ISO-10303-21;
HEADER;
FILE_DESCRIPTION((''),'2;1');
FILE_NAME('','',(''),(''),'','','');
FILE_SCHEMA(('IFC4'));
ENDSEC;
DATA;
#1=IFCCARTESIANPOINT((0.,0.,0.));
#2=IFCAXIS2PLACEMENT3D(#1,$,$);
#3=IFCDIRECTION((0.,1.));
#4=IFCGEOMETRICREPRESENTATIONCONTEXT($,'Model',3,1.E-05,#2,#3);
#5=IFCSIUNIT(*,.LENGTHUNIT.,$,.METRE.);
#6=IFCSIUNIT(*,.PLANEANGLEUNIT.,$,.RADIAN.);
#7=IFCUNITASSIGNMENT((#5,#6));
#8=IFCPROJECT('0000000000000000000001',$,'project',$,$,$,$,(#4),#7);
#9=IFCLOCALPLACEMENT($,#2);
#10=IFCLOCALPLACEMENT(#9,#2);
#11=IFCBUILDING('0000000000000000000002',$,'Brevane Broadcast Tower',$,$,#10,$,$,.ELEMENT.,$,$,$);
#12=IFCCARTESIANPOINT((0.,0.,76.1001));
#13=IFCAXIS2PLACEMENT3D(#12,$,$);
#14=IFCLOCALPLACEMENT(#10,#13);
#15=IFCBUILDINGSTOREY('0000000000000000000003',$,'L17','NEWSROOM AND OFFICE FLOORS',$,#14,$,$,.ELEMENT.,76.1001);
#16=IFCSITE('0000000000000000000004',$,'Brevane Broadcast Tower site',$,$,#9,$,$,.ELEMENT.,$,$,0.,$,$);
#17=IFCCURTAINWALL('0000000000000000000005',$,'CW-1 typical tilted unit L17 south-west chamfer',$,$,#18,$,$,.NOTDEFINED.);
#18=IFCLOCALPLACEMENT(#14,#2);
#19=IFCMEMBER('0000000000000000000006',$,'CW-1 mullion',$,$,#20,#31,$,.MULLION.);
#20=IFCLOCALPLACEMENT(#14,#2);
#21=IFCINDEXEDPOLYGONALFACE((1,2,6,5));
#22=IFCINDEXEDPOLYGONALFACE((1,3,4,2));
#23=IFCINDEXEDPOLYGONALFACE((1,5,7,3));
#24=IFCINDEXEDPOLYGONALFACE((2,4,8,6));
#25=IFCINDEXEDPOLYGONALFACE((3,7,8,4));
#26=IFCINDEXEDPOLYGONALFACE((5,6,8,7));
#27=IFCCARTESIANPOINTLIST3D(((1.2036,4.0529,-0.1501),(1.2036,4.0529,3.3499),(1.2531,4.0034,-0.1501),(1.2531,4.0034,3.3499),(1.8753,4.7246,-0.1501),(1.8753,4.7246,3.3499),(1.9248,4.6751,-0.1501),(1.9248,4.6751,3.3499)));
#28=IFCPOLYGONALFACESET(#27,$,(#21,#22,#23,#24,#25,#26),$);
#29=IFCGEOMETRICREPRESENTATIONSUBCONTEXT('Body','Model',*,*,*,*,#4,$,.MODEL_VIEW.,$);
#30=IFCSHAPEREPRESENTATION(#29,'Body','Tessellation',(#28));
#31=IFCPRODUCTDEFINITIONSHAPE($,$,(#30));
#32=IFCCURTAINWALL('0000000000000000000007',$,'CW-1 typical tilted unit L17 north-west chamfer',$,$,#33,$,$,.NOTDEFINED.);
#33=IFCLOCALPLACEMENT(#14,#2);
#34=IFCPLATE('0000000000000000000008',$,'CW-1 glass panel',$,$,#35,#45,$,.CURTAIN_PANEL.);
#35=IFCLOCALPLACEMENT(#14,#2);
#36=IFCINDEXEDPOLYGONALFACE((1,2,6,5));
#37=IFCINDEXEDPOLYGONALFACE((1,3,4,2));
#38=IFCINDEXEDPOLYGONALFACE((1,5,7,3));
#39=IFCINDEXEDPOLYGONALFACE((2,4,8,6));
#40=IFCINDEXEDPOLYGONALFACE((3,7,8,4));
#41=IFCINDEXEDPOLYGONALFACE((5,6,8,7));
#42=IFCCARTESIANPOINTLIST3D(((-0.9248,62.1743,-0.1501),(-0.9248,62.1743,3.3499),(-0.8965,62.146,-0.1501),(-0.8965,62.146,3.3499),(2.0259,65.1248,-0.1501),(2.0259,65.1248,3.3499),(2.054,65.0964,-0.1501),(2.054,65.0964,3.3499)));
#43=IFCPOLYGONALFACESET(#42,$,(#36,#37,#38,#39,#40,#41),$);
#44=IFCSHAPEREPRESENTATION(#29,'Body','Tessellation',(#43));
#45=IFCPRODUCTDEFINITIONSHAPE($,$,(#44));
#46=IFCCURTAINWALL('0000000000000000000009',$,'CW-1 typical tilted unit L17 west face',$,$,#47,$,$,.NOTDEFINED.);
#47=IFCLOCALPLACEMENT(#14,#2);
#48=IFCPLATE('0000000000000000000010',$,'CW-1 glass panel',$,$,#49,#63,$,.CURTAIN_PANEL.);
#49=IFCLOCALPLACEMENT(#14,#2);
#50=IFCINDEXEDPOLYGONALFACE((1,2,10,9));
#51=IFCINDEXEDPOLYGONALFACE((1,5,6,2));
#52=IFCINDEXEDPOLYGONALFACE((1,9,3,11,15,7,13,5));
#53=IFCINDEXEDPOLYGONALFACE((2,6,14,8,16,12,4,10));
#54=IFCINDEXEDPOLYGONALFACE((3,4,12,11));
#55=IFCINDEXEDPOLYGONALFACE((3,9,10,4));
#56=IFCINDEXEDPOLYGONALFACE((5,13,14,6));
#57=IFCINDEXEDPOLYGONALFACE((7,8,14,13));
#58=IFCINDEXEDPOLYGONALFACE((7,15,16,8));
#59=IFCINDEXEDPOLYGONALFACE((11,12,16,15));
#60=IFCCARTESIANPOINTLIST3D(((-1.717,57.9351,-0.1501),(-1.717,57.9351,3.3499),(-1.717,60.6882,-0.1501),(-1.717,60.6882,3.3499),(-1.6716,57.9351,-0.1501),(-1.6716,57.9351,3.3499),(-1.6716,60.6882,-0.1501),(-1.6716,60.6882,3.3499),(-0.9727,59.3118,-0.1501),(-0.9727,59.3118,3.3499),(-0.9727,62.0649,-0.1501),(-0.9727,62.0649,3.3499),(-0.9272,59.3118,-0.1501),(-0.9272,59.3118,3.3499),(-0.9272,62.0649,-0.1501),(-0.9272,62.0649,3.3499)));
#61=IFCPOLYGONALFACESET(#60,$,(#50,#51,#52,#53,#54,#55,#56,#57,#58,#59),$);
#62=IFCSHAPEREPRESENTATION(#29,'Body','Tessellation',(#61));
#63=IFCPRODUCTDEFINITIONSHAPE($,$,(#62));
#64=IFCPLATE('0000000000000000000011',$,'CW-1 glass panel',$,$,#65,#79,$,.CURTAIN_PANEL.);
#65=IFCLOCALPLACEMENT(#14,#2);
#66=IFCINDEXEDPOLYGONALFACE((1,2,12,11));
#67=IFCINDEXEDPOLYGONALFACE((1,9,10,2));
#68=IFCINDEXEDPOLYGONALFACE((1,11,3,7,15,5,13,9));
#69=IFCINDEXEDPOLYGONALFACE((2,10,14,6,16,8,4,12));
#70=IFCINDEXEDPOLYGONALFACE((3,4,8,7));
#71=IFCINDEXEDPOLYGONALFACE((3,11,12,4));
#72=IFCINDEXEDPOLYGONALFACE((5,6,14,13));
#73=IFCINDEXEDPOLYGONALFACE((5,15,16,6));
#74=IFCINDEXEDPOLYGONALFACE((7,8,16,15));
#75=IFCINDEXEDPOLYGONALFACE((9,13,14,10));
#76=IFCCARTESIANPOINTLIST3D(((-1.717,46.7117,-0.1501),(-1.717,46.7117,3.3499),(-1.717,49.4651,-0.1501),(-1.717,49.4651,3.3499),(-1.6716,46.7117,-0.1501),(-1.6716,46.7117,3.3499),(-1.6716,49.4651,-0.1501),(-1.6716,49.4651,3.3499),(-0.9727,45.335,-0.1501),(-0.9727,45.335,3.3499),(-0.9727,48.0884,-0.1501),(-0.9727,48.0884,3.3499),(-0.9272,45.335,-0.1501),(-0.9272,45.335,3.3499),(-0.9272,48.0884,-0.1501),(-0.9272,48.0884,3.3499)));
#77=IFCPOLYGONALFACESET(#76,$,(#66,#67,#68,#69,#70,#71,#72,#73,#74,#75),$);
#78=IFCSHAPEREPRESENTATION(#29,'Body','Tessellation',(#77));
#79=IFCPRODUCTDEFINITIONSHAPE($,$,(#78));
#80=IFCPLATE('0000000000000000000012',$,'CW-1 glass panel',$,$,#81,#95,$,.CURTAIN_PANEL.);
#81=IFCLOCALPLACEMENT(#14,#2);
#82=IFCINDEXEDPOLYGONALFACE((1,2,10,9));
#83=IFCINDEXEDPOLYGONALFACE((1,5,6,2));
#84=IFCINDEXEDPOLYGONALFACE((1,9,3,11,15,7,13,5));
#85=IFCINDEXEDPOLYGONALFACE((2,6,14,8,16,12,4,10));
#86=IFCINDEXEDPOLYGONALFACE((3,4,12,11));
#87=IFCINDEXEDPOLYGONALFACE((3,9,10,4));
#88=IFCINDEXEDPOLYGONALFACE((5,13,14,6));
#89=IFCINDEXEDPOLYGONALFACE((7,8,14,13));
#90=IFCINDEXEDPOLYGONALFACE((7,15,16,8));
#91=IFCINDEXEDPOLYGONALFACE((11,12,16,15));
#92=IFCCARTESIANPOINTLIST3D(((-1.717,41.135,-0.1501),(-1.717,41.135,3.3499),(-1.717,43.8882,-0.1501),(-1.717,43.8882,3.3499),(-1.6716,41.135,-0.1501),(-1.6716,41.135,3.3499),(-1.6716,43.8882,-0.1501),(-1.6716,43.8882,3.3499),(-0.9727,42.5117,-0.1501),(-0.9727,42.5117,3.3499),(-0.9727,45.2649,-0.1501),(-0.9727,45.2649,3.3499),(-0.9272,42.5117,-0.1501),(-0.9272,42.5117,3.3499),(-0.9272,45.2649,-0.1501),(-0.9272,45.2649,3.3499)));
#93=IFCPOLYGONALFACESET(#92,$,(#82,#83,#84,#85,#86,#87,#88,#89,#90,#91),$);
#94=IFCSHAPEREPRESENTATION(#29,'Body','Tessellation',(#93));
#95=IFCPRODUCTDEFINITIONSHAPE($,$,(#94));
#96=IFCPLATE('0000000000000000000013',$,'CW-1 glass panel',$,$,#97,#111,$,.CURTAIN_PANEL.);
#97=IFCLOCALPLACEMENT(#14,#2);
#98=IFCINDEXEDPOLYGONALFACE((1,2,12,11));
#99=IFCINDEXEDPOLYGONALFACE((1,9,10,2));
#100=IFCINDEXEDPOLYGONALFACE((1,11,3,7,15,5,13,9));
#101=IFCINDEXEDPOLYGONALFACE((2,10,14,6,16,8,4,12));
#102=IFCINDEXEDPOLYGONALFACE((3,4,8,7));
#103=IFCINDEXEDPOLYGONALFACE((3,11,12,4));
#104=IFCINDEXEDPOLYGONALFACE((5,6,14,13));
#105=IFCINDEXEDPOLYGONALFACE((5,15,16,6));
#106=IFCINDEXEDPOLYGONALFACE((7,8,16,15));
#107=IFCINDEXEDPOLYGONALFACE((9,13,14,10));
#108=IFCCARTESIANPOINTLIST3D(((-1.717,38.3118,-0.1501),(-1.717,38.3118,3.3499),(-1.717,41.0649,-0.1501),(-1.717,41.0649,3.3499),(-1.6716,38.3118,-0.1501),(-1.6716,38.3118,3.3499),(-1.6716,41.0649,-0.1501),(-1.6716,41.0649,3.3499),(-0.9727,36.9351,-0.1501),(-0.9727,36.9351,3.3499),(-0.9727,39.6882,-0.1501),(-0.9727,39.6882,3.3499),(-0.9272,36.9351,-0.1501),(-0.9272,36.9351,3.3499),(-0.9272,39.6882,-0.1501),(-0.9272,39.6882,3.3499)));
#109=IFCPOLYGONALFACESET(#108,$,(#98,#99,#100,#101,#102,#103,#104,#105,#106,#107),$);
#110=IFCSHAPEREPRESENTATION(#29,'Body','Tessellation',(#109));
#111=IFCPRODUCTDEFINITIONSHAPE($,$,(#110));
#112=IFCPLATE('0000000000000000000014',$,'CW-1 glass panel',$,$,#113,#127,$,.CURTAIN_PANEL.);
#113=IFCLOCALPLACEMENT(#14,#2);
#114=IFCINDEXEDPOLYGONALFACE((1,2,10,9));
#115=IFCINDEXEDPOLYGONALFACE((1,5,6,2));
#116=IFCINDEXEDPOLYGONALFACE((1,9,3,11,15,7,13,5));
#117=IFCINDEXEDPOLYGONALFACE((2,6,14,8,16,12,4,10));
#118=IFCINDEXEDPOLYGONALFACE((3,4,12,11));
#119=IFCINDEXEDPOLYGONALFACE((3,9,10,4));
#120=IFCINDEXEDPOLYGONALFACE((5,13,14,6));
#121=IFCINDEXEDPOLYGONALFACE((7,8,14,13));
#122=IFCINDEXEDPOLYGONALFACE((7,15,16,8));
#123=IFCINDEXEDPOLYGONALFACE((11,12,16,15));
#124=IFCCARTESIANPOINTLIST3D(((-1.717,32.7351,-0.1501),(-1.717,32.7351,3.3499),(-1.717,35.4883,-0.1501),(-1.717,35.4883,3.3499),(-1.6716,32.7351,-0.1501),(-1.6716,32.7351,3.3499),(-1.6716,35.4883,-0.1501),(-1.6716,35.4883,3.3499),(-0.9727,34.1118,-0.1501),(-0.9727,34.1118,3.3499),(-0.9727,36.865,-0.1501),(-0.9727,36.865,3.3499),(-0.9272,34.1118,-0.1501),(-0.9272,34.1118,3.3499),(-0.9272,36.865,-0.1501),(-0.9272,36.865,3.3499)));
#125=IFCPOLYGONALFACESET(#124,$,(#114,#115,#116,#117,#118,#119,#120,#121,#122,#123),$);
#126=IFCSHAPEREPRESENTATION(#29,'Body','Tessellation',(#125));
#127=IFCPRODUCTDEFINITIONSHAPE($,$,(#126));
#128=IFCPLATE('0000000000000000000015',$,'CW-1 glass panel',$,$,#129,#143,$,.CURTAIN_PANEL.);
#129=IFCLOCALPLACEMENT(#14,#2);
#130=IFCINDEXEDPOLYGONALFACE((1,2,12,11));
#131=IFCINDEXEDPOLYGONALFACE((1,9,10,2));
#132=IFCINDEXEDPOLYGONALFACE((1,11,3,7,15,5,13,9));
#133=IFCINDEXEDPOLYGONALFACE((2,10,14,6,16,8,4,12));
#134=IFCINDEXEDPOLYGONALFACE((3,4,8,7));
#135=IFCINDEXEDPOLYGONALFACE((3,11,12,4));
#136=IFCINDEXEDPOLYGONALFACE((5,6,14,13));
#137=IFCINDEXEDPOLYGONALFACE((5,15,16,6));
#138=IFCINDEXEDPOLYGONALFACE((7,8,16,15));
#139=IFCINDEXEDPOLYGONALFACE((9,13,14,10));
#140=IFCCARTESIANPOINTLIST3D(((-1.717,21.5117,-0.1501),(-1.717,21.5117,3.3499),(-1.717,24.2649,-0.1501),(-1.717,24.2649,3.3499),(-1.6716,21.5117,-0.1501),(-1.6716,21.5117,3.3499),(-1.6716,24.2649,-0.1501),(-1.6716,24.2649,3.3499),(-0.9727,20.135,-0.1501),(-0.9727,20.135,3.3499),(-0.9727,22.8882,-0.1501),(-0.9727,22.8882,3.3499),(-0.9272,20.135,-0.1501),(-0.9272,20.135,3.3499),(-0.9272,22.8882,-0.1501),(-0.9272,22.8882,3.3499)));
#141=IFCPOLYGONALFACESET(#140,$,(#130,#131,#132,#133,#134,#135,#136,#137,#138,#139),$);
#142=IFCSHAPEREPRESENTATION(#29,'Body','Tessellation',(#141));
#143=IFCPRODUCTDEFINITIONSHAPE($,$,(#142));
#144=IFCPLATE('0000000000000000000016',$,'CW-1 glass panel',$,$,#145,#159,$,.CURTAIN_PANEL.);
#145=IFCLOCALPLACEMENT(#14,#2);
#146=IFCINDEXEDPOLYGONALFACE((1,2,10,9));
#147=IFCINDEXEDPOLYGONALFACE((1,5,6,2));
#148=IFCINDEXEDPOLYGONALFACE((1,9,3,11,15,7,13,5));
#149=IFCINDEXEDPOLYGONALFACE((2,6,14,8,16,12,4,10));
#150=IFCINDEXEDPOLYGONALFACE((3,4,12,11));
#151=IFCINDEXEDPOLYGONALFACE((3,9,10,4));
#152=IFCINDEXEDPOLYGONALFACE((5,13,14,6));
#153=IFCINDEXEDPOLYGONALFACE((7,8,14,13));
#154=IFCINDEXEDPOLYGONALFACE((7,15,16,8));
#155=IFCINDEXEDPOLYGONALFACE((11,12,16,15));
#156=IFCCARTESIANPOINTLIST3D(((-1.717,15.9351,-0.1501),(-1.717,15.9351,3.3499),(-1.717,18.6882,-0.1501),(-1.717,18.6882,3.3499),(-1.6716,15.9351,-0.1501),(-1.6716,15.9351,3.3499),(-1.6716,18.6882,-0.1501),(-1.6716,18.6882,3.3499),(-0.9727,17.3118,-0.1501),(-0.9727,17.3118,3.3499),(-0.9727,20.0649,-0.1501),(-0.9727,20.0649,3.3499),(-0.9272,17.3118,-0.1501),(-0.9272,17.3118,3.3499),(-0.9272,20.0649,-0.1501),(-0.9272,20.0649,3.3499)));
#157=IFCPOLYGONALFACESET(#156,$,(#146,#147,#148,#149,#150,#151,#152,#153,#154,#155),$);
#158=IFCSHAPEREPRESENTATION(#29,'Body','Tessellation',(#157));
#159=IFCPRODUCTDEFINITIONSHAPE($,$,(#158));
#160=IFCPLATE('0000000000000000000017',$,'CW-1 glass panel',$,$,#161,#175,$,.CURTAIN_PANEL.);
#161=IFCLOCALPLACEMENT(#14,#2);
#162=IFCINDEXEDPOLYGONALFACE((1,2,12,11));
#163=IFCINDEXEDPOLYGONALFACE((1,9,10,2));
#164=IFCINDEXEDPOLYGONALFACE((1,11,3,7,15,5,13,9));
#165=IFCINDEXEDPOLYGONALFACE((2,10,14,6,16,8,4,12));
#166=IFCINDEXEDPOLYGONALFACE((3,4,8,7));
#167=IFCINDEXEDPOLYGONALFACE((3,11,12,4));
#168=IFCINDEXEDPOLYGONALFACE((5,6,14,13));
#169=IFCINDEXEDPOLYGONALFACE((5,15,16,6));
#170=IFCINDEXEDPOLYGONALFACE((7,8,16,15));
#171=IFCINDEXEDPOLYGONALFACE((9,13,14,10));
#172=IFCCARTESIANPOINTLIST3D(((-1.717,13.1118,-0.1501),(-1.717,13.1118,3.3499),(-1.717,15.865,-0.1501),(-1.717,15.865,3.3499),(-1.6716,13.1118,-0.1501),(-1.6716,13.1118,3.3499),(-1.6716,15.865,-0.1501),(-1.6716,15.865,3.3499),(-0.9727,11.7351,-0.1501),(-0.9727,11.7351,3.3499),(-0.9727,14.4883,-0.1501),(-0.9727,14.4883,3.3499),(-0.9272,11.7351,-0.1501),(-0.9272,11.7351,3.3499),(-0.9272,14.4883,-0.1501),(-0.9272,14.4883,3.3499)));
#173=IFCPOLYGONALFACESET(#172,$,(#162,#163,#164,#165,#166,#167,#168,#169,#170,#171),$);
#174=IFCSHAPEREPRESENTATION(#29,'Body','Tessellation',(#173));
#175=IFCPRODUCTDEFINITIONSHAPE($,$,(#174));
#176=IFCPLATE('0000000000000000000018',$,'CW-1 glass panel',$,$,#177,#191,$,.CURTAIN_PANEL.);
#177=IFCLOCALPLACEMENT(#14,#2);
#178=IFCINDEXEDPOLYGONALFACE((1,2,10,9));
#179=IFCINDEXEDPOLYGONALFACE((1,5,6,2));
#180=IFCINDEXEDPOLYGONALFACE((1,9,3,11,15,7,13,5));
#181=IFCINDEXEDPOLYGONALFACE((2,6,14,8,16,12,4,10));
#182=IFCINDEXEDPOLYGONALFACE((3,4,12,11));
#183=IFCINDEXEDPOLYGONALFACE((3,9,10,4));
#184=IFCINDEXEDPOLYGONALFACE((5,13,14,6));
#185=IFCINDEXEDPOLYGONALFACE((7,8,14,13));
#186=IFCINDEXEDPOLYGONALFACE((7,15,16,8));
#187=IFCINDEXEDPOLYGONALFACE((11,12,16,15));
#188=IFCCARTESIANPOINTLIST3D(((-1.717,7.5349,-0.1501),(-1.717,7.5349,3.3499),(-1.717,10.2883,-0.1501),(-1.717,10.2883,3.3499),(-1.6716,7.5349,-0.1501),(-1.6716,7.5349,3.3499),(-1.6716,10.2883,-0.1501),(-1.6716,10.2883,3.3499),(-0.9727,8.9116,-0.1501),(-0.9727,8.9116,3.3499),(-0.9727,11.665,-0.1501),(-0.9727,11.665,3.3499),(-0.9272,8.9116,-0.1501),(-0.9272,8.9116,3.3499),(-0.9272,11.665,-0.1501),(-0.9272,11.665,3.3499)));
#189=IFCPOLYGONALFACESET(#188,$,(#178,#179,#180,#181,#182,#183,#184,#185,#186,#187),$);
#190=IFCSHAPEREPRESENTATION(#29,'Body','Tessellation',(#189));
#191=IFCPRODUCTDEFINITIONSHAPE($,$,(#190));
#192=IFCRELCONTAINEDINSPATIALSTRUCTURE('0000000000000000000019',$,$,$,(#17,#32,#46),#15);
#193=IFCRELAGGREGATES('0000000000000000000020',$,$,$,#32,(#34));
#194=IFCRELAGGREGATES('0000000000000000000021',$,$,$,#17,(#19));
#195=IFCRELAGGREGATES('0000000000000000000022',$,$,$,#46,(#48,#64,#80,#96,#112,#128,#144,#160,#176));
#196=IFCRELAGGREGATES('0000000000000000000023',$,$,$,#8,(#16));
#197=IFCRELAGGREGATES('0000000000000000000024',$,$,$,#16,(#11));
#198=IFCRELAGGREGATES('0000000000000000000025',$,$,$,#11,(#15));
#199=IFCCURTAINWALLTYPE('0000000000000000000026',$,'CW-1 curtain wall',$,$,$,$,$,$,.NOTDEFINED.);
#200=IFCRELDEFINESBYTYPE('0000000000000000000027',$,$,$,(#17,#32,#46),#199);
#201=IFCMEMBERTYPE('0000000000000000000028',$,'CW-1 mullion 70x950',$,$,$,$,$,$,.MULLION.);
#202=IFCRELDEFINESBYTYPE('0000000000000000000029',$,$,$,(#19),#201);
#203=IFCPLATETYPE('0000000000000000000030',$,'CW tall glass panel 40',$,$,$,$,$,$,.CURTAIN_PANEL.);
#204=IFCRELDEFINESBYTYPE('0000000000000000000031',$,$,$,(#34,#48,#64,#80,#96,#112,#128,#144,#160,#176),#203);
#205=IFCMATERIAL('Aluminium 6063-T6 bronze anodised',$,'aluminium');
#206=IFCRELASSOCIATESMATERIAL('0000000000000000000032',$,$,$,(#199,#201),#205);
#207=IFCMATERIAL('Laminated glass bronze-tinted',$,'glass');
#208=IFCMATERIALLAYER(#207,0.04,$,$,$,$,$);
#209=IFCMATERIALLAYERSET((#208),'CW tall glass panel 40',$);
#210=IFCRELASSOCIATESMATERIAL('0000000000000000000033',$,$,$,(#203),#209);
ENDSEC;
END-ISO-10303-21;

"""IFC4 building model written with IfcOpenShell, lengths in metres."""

from ifc_helpers import new_model, si_unit, direction, frame, origin, origin_2d, place, context, subcontext, project, spatial, polyline, rectangle, outline, extrude, material, layer, layer_set, material_profile, profile_set, type_object, element, aggregate, save


model = new_model("IFC4")

# Units and contexts
model_context = context("Model", 3, precision=1e-05, world=origin(), true_north=direction((0.0, 1.0)))
body_context = subcontext(model_context, "Body", "Model", "MODEL_VIEW")
ifc_project = project(units=[si_unit("LENGTHUNIT", "METRE"), si_unit("PLANEANGLEUNIT", "RADIAN")], contexts=[model_context])

# Site, building, storey
site_placement = place(None, origin())
site = spatial("IfcSite", under=ifc_project, at=site_placement, Name="Brevane Broadcast Tower site", CompositionType="ELEMENT", RefElevation=0.0)
building_placement = place(site_placement, origin())
building = spatial("IfcBuilding", under=site, at=building_placement, Name="Brevane Broadcast Tower", CompositionType="ELEMENT")
storey_placement = place(building_placement, frame((0.0, 0.0, 76.1001)))
storey = spatial("IfcBuildingStorey", under=building, at=storey_placement, Name="L17", Description="NEWSROOM AND OFFICE FLOORS", CompositionType="ELEMENT", Elevation=76.1001)

# Curtain wall, member
ifc_material_1 = material(Name="Aluminium 6063-T6 bronze anodised", Category="aluminium")
curtain_wall_type = type_object("IfcCurtainWallType", Name="CW-1 curtain wall", PredefinedType="NOTDEFINED", material=ifc_material_1)
curtain_wall_1_placement = place(storey_placement, origin())
curtain_wall_1 = element("IfcCurtainWall", 1, at=curtain_wall_1_placement, inside=storey, type_object=curtain_wall_type, Name="CW-1 typical tilted unit L17 south-west chamfer", PredefinedType="NOTDEFINED")
ifc_material_profile = material_profile(ifc_material_1, rectangle(XDim=0.95, YDim=0.0701, at=origin_2d()), Name="RECT 70x950")
ifc_profile_set = profile_set([ifc_material_profile], Name="Aluminium 6063-T6 bronze anodised")
member_type = type_object("IfcMemberType", Name="CW-1 mullion 70x950", PredefinedType="MULLION", material=ifc_profile_set)
member_placement = place(storey_placement, frame((1.5642, 4.364, -0.1501), z_axis=(0.0, 0.0, 1.0), x_axis=(0.707107, 0.707107, 0.0)))
member = element("IfcMember", 2, at=member_placement, type_object=member_type, Name="CW-1 mullion", PredefinedType="MULLION", context=body_context, shape_type="SweptSolid", body=[
    extrude(rectangle(XDim=0.95, YDim=0.0701, at=origin_2d()), origin(), (0.0, 0.0, 1.0), 3.5),
])

# Curtain wall, plate
curtain_wall_2_placement = place(storey_placement, origin())
curtain_wall_2 = element("IfcCurtainWall", 3, at=curtain_wall_2_placement, inside=storey, type_object=curtain_wall_type, Name="CW-1 typical tilted unit L17 north-west chamfer", PredefinedType="NOTDEFINED")
ifc_material_2 = material(Name="Laminated glass bronze-tinted", Category="glass")
ifc_layer_1 = layer(ifc_material_2, 0.04)
ifc_layer_set_1 = layer_set([ifc_layer_1], Name="CW tall glass panel 40")
plate_type = type_object("IfcPlateType", Name="CW tall glass panel 40", PredefinedType="CURTAIN_PANEL", material=ifc_layer_set_1)
plate_1_placement = place(storey_placement, frame((0.0, 0.0, -0.1501)))
plate_1 = element("IfcPlate", 4, at=plate_1_placement, type_object=plate_type, Name="CW-1 glass panel", PredefinedType="CURTAIN_PANEL", context=body_context, shape_type="SweptSolid", body=[
    extrude(outline(polyline([(2.054, 65.0964), (-0.8965, 62.146), (-0.9248, 62.1743), (2.0259, 65.1248), (2.054, 65.0964)])), origin(), (0.0, 0.0, 1.0), 3.5),
])
aggregate(curtain_wall_2, [plate_1])

# Curtain wall, plates
curtain_wall_3_placement = place(storey_placement, origin())
curtain_wall_3 = element("IfcCurtainWall", 5, at=curtain_wall_3_placement, inside=storey, type_object=curtain_wall_type, Name="CW-1 typical tilted unit L17 west face", PredefinedType="NOTDEFINED")
plate_2_placement = place(storey_placement, frame((0.0, 0.0, -0.1501)))
plate_2 = element("IfcPlate", 6, at=plate_2_placement, type_object=plate_type, Name="CW-1 glass panel", PredefinedType="CURTAIN_PANEL", context=body_context, shape_type="SweptSolid", body=[
    extrude(outline(polyline([(-0.9272, 62.0649), (-0.9727, 62.0649), (-1.717, 60.6882), (-0.9727, 59.3118), (-1.717, 57.9351), (-1.6716, 57.9351), (-0.9272, 59.3118), (-1.6716, 60.6882), (-0.9272, 62.0649)])), origin(), (0.0, 0.0, 1.0), 3.5),
])
plate_3_placement = place(storey_placement, frame((0.0, 0.0, -0.1501)))
plate_3 = element("IfcPlate", 7, at=plate_3_placement, type_object=plate_type, Name="CW-1 glass panel", PredefinedType="CURTAIN_PANEL", context=body_context, shape_type="SweptSolid", body=[
    extrude(outline(polyline([(-1.6716, 49.4651), (-1.717, 49.4651), (-0.9727, 48.0884), (-1.717, 46.7117), (-0.9727, 45.335), (-0.9272, 45.335), (-1.6716, 46.7117), (-0.9272, 48.0884), (-1.6716, 49.4651)])), origin(), (0.0, 0.0, 1.0), 3.5),
])
plate_4_placement = place(storey_placement, frame((0.0, 0.0, -0.1501)))
plate_4 = element("IfcPlate", 8, at=plate_4_placement, type_object=plate_type, Name="CW-1 glass panel", PredefinedType="CURTAIN_PANEL", context=body_context, shape_type="SweptSolid", body=[
    extrude(outline(polyline([(-0.9272, 45.2649), (-0.9727, 45.2649), (-1.717, 43.8882), (-0.9727, 42.5117), (-1.717, 41.135), (-1.6716, 41.135), (-0.9272, 42.5117), (-1.6716, 43.8882), (-0.9272, 45.2649)])), origin(), (0.0, 0.0, 1.0), 3.5),
])
plate_5_placement = place(storey_placement, frame((0.0, 0.0, -0.1501)))
plate_5 = element("IfcPlate", 9, at=plate_5_placement, type_object=plate_type, Name="CW-1 glass panel", PredefinedType="CURTAIN_PANEL", context=body_context, shape_type="SweptSolid", body=[
    extrude(outline(polyline([(-1.6716, 41.0649), (-1.717, 41.0649), (-0.9727, 39.6882), (-1.717, 38.3118), (-0.9727, 36.9351), (-0.9272, 36.9351), (-1.6716, 38.3118), (-0.9272, 39.6882), (-1.6716, 41.0649)])), origin(), (0.0, 0.0, 1.0), 3.5),
])
plate_6_placement = place(storey_placement, frame((0.0, 0.0, -0.1501)))
plate_6 = element("IfcPlate", 10, at=plate_6_placement, type_object=plate_type, Name="CW-1 glass panel", PredefinedType="CURTAIN_PANEL", context=body_context, shape_type="SweptSolid", body=[
    extrude(outline(polyline([(-0.9272, 36.865), (-0.9727, 36.865), (-1.717, 35.4883), (-0.9727, 34.1118), (-1.717, 32.7351), (-1.6716, 32.7351), (-0.9272, 34.1118), (-1.6716, 35.4883), (-0.9272, 36.865)])), origin(), (0.0, 0.0, 1.0), 3.5),
])
plate_7_placement = place(storey_placement, frame((0.0, 0.0, -0.1501)))
plate_7 = element("IfcPlate", 11, at=plate_7_placement, type_object=plate_type, Name="CW-1 glass panel", PredefinedType="CURTAIN_PANEL", context=body_context, shape_type="SweptSolid", body=[
    extrude(outline(polyline([(-1.6716, 24.2649), (-1.717, 24.2649), (-0.9727, 22.8882), (-1.717, 21.5117), (-0.9727, 20.135), (-0.9272, 20.135), (-1.6716, 21.5117), (-0.9272, 22.8882), (-1.6716, 24.2649)])), origin(), (0.0, 0.0, 1.0), 3.5),
])
plate_8_placement = place(storey_placement, frame((0.0, 0.0, -0.1501)))
plate_8 = element("IfcPlate", 12, at=plate_8_placement, type_object=plate_type, Name="CW-1 glass panel", PredefinedType="CURTAIN_PANEL", context=body_context, shape_type="SweptSolid", body=[
    extrude(outline(polyline([(-0.9272, 20.0649), (-0.9727, 20.0649), (-1.717, 18.6882), (-0.9727, 17.3118), (-1.717, 15.9351), (-1.6716, 15.9351), (-0.9272, 17.3118), (-1.6716, 18.6882), (-0.9272, 20.0649)])), origin(), (0.0, 0.0, 1.0), 3.5),
])
plate_9_placement = place(storey_placement, frame((0.0, 0.0, -0.1501)))
plate_9 = element("IfcPlate", 13, at=plate_9_placement, type_object=plate_type, Name="CW-1 glass panel", PredefinedType="CURTAIN_PANEL", context=body_context, shape_type="SweptSolid", body=[
    extrude(outline(polyline([(-1.6716, 15.865), (-1.717, 15.865), (-0.9727, 14.4883), (-1.717, 13.1118), (-0.9727, 11.7351), (-0.9272, 11.7351), (-1.6716, 13.1118), (-0.9272, 14.4883), (-1.6716, 15.865)])), origin(), (0.0, 0.0, 1.0), 3.5),
])
plate_10_placement = place(storey_placement, frame((0.0, 0.0, -0.1501)))
plate_10 = element("IfcPlate", 14, at=plate_10_placement, type_object=plate_type, Name="CW-1 glass panel", PredefinedType="CURTAIN_PANEL", context=body_context, shape_type="SweptSolid", body=[
    extrude(outline(polyline([(-0.9272, 11.665), (-0.9727, 11.665), (-1.717, 10.2883), (-0.9727, 8.9116), (-1.717, 7.5349), (-1.6716, 7.5349), (-0.9272, 8.9116), (-1.6716, 10.2883), (-0.9272, 11.665)])), origin(), (0.0, 0.0, 1.0), 3.5),
])

aggregate(curtain_wall_1, [member])

aggregate(curtain_wall_3, [plate_2, plate_3, plate_4, plate_5, plate_6, plate_7, plate_8, plate_9, plate_10])

save(model, "model.ifc")
